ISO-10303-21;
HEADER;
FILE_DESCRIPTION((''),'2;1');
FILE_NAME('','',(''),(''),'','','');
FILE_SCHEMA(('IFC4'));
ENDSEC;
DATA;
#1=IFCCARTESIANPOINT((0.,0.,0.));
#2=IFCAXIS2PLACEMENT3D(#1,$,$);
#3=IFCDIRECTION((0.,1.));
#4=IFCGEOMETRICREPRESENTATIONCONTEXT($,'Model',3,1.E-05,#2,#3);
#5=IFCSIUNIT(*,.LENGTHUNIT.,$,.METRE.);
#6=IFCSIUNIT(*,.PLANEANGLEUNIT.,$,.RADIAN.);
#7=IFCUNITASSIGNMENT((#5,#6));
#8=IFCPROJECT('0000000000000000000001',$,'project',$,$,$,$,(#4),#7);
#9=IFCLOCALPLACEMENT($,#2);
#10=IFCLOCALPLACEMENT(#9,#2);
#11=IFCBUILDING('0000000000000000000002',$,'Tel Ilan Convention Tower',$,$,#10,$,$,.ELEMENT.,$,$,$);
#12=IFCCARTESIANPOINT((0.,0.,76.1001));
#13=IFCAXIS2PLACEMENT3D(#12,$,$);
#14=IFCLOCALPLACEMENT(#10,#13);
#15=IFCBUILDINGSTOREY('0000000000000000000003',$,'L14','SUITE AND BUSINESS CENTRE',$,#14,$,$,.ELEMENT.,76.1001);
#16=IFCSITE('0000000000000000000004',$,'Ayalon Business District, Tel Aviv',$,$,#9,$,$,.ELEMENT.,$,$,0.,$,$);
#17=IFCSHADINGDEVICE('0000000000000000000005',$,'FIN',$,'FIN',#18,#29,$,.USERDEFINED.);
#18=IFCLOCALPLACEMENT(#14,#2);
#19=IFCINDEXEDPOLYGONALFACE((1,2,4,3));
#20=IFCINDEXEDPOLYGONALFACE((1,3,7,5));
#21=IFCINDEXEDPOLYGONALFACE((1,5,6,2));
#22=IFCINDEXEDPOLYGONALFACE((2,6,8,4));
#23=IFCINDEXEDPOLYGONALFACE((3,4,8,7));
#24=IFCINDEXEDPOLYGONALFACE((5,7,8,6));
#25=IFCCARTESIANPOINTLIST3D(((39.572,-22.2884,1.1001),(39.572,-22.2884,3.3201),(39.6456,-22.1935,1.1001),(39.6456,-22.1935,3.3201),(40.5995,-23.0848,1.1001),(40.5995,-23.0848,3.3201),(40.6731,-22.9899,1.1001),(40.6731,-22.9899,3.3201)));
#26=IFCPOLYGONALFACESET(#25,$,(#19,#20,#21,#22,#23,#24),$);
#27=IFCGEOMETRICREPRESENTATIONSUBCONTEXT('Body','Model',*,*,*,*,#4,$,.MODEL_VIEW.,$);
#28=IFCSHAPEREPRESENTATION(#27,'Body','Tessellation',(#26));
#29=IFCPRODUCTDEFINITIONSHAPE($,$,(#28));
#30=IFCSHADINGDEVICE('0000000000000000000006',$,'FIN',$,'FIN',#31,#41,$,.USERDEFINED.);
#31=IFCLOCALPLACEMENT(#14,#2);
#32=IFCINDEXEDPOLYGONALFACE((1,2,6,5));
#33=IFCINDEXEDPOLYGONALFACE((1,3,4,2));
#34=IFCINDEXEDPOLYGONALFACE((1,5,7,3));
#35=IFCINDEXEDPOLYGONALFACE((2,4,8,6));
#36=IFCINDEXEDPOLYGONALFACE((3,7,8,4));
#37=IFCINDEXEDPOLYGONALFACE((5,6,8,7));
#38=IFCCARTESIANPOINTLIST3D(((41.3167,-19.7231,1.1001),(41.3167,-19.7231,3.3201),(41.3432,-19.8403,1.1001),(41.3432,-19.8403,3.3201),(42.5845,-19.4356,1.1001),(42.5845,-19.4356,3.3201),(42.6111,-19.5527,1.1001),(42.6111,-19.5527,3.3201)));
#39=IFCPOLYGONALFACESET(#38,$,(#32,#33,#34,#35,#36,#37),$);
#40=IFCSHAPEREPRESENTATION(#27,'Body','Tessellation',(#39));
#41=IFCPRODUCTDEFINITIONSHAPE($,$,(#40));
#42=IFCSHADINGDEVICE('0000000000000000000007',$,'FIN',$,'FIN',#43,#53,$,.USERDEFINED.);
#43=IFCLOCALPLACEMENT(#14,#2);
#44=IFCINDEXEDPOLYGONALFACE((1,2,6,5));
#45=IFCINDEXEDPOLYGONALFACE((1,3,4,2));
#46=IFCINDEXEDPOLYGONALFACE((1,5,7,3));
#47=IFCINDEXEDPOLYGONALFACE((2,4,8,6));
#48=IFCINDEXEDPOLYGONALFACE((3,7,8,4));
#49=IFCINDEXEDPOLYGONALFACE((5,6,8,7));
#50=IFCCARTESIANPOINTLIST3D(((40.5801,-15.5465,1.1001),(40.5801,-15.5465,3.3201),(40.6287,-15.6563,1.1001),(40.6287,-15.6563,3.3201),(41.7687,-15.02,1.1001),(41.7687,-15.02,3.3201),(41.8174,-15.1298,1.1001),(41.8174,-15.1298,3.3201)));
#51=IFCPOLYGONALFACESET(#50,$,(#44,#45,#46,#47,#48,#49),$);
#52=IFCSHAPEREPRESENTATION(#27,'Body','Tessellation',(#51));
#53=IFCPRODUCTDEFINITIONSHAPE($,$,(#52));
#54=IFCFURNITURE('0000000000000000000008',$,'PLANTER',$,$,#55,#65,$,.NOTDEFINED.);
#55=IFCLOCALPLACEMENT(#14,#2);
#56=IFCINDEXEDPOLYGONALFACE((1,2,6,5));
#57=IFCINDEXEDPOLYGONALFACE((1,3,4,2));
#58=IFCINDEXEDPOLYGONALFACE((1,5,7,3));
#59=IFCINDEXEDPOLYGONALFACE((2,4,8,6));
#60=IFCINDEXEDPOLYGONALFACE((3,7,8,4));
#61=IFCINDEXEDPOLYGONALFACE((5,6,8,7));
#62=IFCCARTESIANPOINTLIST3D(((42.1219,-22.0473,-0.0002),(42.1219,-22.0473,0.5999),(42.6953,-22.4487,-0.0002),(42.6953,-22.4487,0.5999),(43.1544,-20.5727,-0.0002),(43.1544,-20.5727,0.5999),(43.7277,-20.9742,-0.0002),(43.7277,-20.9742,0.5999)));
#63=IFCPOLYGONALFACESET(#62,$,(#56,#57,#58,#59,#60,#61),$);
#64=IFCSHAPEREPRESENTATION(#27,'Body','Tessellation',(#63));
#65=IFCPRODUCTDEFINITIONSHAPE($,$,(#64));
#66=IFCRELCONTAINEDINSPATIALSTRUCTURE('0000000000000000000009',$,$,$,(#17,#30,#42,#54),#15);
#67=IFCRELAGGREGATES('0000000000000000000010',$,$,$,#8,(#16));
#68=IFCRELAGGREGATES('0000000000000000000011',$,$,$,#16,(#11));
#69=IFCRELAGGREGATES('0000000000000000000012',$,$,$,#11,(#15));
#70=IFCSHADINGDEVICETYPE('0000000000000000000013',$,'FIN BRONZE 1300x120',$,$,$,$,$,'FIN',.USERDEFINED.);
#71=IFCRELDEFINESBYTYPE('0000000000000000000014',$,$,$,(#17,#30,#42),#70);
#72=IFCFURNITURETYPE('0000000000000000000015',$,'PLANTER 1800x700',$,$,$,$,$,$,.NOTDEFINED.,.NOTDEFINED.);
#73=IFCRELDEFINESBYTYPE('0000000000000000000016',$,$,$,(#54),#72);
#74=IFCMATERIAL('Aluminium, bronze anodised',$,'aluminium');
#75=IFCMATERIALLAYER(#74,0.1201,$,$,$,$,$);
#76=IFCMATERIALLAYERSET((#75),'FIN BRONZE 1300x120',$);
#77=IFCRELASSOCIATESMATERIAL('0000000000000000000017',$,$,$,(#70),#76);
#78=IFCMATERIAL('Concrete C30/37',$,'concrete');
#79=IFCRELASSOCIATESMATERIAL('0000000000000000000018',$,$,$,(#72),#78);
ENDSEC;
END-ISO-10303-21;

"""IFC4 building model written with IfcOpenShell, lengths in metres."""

from ifc_helpers import new_model, si_unit, direction, frame, origin, origin_2d, place, context, subcontext, project, spatial, rectangle, extrude, material, layer, layer_set, type_object, element, save


model = new_model("IFC4")

# Units and contexts
model_context = context("Model", 3, precision=1e-05, world=origin(), true_north=direction((0.0, 1.0)))
body_context = subcontext(model_context, "Body", "Model", "MODEL_VIEW")
ifc_project = project(units=[si_unit("LENGTHUNIT", "METRE"), si_unit("PLANEANGLEUNIT", "RADIAN")], contexts=[model_context])

# Site, building, storey
site_placement = place(None, origin())
site = spatial("IfcSite", under=ifc_project, at=site_placement, Name="Ayalon Business District, Tel Aviv", CompositionType="ELEMENT", RefElevation=0.0)
building_placement = place(site_placement, origin())
building = spatial("IfcBuilding", under=site, at=building_placement, Name="Tel Ilan Convention Tower", CompositionType="ELEMENT")
storey_placement = place(building_placement, frame((0.0, 0.0, 76.1001)))
storey = spatial("IfcBuildingStorey", under=building, at=storey_placement, Name="L14", Description="SUITE AND BUSINESS CENTRE", CompositionType="ELEMENT", Elevation=76.1001)

# Shading devices
ifc_material_1 = material(Name="Aluminium, bronze anodised", Category="aluminium")
ifc_layer_1 = layer(ifc_material_1, 0.1201)
ifc_layer_set_1 = layer_set([ifc_layer_1], Name="FIN BRONZE 1300x120")
shading_device_type = type_object("IfcShadingDeviceType", Name="FIN BRONZE 1300x120", ElementType="FIN", PredefinedType="USERDEFINED", material=ifc_layer_set_1)
for number, where, z_axis, x_axis, name in (
    (1, (40.1226, -22.6392, 1.1001), (0.0, 0.0, 1.0), (0.790393, -0.612601, 0.0), "FIN"),
    (2, (41.9639, -19.6379, 1.1001), (0.0, 0.0, 1.0), (0.975235, 0.22117, 0.0), "FIN"),
    (3, (41.1987, -15.3381, 1.1001), (0.0, 0.0, 1.0), (0.914333, 0.404964, 0.0), "FIN"),
):
    element("IfcShadingDevice", number, at=place(storey_placement, frame(where, z_axis=z_axis, x_axis=x_axis)), inside=storey, type_object=shading_device_type, Name=name, ObjectType="FIN", PredefinedType="USERDEFINED", context=body_context, shape_type="SweptSolid", body=[
        extrude(rectangle(XDim=1.3, YDim=0.1201, at=origin_2d()), origin(), (0.0, 0.0, 1.0), 2.22),
    ])

# Furniture
ifc_material_2 = material(Name="Concrete C30/37", Category="concrete")
furniture_type = type_object("IfcFurnitureType", Name="PLANTER 1800x700", AssemblyPlace="NOTDEFINED", PredefinedType="NOTDEFINED", material=ifc_material_2)
furniture_placement = place(storey_placement, frame((42.9248, -21.5107, -0.0002), z_axis=(0.0, 0.0, 1.0), x_axis=(-0.573576, -0.819152, 0.0)))
element("IfcFurniture", 4, at=furniture_placement, inside=storey, type_object=furniture_type, Name="PLANTER", PredefinedType="NOTDEFINED", context=body_context, shape_type="SweptSolid", body=[
    extrude(rectangle(XDim=1.8, YDim=0.7, at=origin_2d()), origin(), (0.0, 0.0, 1.0), 0.6001),
])

save(model, "model.ifc")
